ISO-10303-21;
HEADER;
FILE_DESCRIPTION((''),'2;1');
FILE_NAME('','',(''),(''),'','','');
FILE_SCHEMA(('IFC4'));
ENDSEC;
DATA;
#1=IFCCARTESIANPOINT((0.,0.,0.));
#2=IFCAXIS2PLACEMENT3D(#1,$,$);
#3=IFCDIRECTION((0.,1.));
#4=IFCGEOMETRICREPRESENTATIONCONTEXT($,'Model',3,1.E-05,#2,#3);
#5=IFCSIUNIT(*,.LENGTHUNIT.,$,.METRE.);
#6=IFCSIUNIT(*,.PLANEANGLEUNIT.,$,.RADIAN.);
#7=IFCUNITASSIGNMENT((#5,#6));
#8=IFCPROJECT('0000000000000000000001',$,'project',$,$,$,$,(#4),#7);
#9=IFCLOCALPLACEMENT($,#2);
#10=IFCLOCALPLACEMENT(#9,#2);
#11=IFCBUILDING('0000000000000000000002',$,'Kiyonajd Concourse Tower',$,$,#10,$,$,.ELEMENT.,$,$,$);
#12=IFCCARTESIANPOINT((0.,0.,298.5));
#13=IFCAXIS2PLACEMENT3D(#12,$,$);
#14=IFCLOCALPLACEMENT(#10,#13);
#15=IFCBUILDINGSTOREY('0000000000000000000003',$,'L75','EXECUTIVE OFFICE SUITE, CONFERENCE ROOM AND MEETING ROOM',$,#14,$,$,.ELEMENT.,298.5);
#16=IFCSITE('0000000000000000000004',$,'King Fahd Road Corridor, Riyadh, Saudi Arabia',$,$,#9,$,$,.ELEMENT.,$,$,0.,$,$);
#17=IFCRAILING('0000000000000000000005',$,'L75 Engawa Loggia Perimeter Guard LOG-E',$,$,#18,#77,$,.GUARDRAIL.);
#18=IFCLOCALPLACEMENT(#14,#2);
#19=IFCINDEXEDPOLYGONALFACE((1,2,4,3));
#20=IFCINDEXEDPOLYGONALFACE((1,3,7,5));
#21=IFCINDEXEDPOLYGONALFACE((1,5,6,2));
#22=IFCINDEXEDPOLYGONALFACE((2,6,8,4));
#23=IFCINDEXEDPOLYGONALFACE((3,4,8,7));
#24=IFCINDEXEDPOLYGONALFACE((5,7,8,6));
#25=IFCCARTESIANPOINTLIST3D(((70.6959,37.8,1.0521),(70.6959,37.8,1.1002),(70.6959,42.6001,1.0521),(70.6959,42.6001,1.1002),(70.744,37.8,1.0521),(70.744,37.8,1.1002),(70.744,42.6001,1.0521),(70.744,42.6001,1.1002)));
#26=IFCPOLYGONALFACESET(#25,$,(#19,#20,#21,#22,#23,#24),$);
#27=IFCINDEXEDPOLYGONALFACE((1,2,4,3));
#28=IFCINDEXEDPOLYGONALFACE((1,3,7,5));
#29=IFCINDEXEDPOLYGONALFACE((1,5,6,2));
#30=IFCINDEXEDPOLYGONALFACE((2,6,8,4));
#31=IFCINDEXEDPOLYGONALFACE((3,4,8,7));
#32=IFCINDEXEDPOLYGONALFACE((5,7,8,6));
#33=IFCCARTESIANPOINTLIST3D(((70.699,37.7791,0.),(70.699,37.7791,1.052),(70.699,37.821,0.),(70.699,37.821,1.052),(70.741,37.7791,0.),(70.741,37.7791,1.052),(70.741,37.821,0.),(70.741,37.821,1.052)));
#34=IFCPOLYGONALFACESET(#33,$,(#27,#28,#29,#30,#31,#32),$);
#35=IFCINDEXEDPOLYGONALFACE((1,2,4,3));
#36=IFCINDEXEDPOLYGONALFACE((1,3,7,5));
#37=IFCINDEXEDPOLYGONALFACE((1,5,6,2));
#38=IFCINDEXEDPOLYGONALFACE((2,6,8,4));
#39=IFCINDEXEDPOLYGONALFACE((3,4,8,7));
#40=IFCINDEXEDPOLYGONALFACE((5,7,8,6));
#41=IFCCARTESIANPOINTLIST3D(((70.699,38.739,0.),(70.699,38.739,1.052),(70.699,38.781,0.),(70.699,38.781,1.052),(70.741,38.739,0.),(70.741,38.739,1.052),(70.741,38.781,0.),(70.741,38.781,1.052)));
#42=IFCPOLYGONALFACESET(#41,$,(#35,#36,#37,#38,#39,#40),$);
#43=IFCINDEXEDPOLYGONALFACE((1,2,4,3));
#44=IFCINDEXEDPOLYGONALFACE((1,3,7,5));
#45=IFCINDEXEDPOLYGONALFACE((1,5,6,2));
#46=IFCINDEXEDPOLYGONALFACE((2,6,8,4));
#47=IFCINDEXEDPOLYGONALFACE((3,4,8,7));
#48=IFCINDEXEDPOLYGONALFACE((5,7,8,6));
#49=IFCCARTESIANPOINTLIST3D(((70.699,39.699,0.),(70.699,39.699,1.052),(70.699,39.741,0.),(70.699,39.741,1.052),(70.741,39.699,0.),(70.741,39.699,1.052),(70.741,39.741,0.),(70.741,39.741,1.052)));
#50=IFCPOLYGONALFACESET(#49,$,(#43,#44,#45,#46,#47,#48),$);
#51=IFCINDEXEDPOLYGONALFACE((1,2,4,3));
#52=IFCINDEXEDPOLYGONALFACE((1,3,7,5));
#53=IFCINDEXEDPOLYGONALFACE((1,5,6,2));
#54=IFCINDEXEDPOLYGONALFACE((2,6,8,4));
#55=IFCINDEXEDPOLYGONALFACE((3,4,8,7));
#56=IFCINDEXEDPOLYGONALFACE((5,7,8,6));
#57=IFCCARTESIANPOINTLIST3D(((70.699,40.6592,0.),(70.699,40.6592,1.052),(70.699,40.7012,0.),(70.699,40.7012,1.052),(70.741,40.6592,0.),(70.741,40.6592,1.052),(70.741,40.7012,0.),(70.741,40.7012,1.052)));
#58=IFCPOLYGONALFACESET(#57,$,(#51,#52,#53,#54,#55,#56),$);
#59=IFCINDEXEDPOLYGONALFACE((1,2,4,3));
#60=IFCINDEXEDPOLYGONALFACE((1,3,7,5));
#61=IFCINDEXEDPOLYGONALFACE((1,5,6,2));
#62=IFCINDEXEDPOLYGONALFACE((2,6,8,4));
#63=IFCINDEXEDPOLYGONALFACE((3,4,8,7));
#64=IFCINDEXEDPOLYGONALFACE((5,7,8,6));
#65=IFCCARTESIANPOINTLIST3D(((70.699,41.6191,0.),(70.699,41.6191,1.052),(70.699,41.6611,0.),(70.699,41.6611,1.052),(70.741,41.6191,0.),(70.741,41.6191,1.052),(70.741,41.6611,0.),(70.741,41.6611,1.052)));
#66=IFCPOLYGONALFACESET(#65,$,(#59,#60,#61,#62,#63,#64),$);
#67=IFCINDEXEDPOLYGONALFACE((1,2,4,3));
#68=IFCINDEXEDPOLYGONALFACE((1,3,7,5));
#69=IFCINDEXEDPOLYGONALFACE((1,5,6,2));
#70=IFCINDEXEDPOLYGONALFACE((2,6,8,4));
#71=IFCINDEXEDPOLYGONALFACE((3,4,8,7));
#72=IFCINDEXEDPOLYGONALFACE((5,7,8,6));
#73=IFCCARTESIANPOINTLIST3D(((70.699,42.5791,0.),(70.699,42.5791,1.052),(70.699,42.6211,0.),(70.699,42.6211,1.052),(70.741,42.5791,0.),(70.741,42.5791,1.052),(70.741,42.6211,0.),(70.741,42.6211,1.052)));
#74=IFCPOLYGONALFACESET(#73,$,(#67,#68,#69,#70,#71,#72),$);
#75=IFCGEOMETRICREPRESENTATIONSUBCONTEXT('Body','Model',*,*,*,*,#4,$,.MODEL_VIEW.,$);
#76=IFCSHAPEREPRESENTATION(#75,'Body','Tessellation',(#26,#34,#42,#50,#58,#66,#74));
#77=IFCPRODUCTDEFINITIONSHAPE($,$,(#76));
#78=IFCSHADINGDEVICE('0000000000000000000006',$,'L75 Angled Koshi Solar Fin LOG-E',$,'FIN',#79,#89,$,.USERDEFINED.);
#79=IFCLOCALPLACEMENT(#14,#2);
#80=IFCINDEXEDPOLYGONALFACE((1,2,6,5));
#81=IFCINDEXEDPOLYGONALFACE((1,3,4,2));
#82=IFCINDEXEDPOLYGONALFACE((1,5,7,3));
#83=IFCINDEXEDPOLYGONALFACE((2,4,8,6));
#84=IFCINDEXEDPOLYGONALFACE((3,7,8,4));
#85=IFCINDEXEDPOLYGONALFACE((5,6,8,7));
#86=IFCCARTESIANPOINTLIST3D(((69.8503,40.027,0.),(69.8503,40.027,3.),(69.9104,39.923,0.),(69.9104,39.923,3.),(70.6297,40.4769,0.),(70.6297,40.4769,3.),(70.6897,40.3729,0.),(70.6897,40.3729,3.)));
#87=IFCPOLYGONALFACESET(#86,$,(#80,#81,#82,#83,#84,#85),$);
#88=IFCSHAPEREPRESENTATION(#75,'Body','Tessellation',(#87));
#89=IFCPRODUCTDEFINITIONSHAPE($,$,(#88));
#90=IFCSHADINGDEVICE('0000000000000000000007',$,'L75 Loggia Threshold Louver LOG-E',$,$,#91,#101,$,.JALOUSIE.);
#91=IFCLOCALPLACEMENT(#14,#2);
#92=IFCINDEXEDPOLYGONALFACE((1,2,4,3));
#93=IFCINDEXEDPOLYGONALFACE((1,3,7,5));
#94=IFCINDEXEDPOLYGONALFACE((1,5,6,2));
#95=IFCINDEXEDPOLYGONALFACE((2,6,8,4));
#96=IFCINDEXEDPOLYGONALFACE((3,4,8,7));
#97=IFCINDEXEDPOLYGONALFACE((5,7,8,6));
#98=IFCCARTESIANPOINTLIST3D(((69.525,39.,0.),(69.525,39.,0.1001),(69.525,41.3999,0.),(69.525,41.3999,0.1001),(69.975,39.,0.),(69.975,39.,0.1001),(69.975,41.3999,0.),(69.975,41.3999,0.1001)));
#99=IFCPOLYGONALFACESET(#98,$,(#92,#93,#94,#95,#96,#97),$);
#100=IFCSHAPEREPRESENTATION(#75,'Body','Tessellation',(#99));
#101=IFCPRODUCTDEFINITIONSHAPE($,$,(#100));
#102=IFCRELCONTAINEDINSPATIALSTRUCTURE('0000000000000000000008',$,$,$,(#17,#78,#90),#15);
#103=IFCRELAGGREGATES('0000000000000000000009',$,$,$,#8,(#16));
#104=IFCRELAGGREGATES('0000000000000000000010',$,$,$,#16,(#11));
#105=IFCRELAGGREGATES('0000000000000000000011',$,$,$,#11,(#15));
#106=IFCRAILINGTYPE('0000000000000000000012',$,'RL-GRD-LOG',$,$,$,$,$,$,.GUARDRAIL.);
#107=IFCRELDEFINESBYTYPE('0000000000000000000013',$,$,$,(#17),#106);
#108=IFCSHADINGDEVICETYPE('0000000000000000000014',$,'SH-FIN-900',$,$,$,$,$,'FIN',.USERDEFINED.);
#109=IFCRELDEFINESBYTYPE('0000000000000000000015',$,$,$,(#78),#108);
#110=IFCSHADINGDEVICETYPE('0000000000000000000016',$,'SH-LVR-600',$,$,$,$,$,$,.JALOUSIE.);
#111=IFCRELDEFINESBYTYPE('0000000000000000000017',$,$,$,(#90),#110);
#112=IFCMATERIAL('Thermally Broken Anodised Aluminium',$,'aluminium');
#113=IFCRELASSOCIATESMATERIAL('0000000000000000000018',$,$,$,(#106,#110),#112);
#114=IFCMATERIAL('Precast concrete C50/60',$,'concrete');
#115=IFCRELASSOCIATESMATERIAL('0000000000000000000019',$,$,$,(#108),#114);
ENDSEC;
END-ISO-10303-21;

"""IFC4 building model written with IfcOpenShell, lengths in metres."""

from ifc_helpers import new_model, si_unit, direction, frame, origin, origin_2d, place, context, subcontext, project, spatial, rectangle, extrude, material, type_object, element, save


model = new_model("IFC4")

# Units and contexts
model_context = context("Model", 3, precision=1e-05, world=origin(), true_north=direction((0.0, 1.0)))
body_context = subcontext(model_context, "Body", "Model", "MODEL_VIEW")
ifc_project = project(units=[si_unit("LENGTHUNIT", "METRE"), si_unit("PLANEANGLEUNIT", "RADIAN")], contexts=[model_context])

# Site, building, storey
site_placement = place(None, origin())
site = spatial("IfcSite", under=ifc_project, at=site_placement, Name="King Fahd Road Corridor, Riyadh, Saudi Arabia", CompositionType="ELEMENT", RefElevation=0.0)
building_placement = place(site_placement, origin())
building = spatial("IfcBuilding", under=site, at=building_placement, Name="Kiyonajd Concourse Tower", CompositionType="ELEMENT")
storey_placement = place(building_placement, frame((0.0, 0.0, 298.5)))
storey = spatial("IfcBuildingStorey", under=building, at=storey_placement, Name="L75", Description="EXECUTIVE OFFICE SUITE, CONFERENCE ROOM AND MEETING ROOM", CompositionType="ELEMENT", Elevation=298.5)

# Shared definitions
ifc_material_1 = material(Name="Thermally Broken Anodised Aluminium", Category="aluminium")

# Shared definitions
ifc_material_2 = material(Name="Precast concrete C50/60", Category="concrete")

# Railing
railing_type = type_object("IfcRailingType", Name="RL-GRD-LOG", PredefinedType="GUARDRAIL", material=ifc_material_1)
railing_placement = place(storey_placement, frame((70.72, 37.8, 0.0)))
element("IfcRailing", 1, at=railing_placement, inside=storey, type_object=railing_type, Name="L75 Engawa Loggia Perimeter Guard LOG-E", PredefinedType="GUARDRAIL", context=body_context, shape_type="SweptSolid", body=[
    extrude(rectangle(XDim=0.0481, YDim=0.0481, at=origin_2d()), frame((0.0, 0.0, 1.0762), z_axis=(0.0, 1.0, 0.0), x_axis=(-1.0, 0.0, 0.0)), (0.0, 0.0, 1.0), 4.8),
    extrude(rectangle(XDim=0.042, YDim=0.042, at=origin_2d()), origin(), (0.0, 0.0, 1.0), 1.052),
    extrude(rectangle(XDim=0.042, YDim=0.042, at=origin_2d()), frame((0.0, 0.96, 0.0)), (0.0, 0.0, 1.0), 1.052),
    extrude(rectangle(XDim=0.042, YDim=0.042, at=origin_2d()), frame((0.0, 1.9199, 0.0)), (0.0, 0.0, 1.0), 1.052),
    extrude(rectangle(XDim=0.042, YDim=0.042, at=origin_2d()), frame((0.0, 2.8801, 0.0)), (0.0, 0.0, 1.0), 1.052),
    extrude(rectangle(XDim=0.042, YDim=0.042, at=origin_2d()), frame((0.0, 3.8401, 0.0)), (0.0, 0.0, 1.0), 1.052),
    extrude(rectangle(XDim=0.042, YDim=0.042, at=origin_2d()), frame((0.0, 4.8, 0.0)), (0.0, 0.0, 1.0), 1.052),
])

# Shading devices
shading_device_type_1 = type_object("IfcShadingDeviceType", Name="SH-FIN-900", ElementType="FIN", PredefinedType="USERDEFINED", material=ifc_material_2)
shading_device_1_placement = place(storey_placement, frame((70.27, 40.2, 0.0), z_axis=(0.0, 0.0, 1.0), x_axis=(0.866025, 0.5, 0.0)))
element("IfcShadingDevice", 2, at=shading_device_1_placement, inside=storey, type_object=shading_device_type_1, Name="L75 Angled Koshi Solar Fin LOG-E", ObjectType="FIN", PredefinedType="USERDEFINED", context=body_context, shape_type="SweptSolid", body=[
    extrude(rectangle(XDim=0.8999, YDim=0.1201, at=origin_2d()), origin(), (0.0, 0.0, 1.0), 3.0),
])
shading_device_type_2 = type_object("IfcShadingDeviceType", Name="SH-LVR-600", PredefinedType="JALOUSIE", material=ifc_material_1)
shading_device_2_placement = place(storey_placement, frame((69.75, 40.2, 0.0), z_axis=(0.0, 0.0, 1.0), x_axis=(0.0, 1.0, 0.0)))
element("IfcShadingDevice", 3, at=shading_device_2_placement, inside=storey, type_object=shading_device_type_2, Name="L75 Loggia Threshold Louver LOG-E", PredefinedType="JALOUSIE", context=body_context, shape_type="SweptSolid", body=[
    extrude(rectangle(XDim=2.3999, YDim=0.45, at=origin_2d()), origin(), (0.0, 0.0, 1.0), 0.1001),
])

save(model, "model.ifc")
